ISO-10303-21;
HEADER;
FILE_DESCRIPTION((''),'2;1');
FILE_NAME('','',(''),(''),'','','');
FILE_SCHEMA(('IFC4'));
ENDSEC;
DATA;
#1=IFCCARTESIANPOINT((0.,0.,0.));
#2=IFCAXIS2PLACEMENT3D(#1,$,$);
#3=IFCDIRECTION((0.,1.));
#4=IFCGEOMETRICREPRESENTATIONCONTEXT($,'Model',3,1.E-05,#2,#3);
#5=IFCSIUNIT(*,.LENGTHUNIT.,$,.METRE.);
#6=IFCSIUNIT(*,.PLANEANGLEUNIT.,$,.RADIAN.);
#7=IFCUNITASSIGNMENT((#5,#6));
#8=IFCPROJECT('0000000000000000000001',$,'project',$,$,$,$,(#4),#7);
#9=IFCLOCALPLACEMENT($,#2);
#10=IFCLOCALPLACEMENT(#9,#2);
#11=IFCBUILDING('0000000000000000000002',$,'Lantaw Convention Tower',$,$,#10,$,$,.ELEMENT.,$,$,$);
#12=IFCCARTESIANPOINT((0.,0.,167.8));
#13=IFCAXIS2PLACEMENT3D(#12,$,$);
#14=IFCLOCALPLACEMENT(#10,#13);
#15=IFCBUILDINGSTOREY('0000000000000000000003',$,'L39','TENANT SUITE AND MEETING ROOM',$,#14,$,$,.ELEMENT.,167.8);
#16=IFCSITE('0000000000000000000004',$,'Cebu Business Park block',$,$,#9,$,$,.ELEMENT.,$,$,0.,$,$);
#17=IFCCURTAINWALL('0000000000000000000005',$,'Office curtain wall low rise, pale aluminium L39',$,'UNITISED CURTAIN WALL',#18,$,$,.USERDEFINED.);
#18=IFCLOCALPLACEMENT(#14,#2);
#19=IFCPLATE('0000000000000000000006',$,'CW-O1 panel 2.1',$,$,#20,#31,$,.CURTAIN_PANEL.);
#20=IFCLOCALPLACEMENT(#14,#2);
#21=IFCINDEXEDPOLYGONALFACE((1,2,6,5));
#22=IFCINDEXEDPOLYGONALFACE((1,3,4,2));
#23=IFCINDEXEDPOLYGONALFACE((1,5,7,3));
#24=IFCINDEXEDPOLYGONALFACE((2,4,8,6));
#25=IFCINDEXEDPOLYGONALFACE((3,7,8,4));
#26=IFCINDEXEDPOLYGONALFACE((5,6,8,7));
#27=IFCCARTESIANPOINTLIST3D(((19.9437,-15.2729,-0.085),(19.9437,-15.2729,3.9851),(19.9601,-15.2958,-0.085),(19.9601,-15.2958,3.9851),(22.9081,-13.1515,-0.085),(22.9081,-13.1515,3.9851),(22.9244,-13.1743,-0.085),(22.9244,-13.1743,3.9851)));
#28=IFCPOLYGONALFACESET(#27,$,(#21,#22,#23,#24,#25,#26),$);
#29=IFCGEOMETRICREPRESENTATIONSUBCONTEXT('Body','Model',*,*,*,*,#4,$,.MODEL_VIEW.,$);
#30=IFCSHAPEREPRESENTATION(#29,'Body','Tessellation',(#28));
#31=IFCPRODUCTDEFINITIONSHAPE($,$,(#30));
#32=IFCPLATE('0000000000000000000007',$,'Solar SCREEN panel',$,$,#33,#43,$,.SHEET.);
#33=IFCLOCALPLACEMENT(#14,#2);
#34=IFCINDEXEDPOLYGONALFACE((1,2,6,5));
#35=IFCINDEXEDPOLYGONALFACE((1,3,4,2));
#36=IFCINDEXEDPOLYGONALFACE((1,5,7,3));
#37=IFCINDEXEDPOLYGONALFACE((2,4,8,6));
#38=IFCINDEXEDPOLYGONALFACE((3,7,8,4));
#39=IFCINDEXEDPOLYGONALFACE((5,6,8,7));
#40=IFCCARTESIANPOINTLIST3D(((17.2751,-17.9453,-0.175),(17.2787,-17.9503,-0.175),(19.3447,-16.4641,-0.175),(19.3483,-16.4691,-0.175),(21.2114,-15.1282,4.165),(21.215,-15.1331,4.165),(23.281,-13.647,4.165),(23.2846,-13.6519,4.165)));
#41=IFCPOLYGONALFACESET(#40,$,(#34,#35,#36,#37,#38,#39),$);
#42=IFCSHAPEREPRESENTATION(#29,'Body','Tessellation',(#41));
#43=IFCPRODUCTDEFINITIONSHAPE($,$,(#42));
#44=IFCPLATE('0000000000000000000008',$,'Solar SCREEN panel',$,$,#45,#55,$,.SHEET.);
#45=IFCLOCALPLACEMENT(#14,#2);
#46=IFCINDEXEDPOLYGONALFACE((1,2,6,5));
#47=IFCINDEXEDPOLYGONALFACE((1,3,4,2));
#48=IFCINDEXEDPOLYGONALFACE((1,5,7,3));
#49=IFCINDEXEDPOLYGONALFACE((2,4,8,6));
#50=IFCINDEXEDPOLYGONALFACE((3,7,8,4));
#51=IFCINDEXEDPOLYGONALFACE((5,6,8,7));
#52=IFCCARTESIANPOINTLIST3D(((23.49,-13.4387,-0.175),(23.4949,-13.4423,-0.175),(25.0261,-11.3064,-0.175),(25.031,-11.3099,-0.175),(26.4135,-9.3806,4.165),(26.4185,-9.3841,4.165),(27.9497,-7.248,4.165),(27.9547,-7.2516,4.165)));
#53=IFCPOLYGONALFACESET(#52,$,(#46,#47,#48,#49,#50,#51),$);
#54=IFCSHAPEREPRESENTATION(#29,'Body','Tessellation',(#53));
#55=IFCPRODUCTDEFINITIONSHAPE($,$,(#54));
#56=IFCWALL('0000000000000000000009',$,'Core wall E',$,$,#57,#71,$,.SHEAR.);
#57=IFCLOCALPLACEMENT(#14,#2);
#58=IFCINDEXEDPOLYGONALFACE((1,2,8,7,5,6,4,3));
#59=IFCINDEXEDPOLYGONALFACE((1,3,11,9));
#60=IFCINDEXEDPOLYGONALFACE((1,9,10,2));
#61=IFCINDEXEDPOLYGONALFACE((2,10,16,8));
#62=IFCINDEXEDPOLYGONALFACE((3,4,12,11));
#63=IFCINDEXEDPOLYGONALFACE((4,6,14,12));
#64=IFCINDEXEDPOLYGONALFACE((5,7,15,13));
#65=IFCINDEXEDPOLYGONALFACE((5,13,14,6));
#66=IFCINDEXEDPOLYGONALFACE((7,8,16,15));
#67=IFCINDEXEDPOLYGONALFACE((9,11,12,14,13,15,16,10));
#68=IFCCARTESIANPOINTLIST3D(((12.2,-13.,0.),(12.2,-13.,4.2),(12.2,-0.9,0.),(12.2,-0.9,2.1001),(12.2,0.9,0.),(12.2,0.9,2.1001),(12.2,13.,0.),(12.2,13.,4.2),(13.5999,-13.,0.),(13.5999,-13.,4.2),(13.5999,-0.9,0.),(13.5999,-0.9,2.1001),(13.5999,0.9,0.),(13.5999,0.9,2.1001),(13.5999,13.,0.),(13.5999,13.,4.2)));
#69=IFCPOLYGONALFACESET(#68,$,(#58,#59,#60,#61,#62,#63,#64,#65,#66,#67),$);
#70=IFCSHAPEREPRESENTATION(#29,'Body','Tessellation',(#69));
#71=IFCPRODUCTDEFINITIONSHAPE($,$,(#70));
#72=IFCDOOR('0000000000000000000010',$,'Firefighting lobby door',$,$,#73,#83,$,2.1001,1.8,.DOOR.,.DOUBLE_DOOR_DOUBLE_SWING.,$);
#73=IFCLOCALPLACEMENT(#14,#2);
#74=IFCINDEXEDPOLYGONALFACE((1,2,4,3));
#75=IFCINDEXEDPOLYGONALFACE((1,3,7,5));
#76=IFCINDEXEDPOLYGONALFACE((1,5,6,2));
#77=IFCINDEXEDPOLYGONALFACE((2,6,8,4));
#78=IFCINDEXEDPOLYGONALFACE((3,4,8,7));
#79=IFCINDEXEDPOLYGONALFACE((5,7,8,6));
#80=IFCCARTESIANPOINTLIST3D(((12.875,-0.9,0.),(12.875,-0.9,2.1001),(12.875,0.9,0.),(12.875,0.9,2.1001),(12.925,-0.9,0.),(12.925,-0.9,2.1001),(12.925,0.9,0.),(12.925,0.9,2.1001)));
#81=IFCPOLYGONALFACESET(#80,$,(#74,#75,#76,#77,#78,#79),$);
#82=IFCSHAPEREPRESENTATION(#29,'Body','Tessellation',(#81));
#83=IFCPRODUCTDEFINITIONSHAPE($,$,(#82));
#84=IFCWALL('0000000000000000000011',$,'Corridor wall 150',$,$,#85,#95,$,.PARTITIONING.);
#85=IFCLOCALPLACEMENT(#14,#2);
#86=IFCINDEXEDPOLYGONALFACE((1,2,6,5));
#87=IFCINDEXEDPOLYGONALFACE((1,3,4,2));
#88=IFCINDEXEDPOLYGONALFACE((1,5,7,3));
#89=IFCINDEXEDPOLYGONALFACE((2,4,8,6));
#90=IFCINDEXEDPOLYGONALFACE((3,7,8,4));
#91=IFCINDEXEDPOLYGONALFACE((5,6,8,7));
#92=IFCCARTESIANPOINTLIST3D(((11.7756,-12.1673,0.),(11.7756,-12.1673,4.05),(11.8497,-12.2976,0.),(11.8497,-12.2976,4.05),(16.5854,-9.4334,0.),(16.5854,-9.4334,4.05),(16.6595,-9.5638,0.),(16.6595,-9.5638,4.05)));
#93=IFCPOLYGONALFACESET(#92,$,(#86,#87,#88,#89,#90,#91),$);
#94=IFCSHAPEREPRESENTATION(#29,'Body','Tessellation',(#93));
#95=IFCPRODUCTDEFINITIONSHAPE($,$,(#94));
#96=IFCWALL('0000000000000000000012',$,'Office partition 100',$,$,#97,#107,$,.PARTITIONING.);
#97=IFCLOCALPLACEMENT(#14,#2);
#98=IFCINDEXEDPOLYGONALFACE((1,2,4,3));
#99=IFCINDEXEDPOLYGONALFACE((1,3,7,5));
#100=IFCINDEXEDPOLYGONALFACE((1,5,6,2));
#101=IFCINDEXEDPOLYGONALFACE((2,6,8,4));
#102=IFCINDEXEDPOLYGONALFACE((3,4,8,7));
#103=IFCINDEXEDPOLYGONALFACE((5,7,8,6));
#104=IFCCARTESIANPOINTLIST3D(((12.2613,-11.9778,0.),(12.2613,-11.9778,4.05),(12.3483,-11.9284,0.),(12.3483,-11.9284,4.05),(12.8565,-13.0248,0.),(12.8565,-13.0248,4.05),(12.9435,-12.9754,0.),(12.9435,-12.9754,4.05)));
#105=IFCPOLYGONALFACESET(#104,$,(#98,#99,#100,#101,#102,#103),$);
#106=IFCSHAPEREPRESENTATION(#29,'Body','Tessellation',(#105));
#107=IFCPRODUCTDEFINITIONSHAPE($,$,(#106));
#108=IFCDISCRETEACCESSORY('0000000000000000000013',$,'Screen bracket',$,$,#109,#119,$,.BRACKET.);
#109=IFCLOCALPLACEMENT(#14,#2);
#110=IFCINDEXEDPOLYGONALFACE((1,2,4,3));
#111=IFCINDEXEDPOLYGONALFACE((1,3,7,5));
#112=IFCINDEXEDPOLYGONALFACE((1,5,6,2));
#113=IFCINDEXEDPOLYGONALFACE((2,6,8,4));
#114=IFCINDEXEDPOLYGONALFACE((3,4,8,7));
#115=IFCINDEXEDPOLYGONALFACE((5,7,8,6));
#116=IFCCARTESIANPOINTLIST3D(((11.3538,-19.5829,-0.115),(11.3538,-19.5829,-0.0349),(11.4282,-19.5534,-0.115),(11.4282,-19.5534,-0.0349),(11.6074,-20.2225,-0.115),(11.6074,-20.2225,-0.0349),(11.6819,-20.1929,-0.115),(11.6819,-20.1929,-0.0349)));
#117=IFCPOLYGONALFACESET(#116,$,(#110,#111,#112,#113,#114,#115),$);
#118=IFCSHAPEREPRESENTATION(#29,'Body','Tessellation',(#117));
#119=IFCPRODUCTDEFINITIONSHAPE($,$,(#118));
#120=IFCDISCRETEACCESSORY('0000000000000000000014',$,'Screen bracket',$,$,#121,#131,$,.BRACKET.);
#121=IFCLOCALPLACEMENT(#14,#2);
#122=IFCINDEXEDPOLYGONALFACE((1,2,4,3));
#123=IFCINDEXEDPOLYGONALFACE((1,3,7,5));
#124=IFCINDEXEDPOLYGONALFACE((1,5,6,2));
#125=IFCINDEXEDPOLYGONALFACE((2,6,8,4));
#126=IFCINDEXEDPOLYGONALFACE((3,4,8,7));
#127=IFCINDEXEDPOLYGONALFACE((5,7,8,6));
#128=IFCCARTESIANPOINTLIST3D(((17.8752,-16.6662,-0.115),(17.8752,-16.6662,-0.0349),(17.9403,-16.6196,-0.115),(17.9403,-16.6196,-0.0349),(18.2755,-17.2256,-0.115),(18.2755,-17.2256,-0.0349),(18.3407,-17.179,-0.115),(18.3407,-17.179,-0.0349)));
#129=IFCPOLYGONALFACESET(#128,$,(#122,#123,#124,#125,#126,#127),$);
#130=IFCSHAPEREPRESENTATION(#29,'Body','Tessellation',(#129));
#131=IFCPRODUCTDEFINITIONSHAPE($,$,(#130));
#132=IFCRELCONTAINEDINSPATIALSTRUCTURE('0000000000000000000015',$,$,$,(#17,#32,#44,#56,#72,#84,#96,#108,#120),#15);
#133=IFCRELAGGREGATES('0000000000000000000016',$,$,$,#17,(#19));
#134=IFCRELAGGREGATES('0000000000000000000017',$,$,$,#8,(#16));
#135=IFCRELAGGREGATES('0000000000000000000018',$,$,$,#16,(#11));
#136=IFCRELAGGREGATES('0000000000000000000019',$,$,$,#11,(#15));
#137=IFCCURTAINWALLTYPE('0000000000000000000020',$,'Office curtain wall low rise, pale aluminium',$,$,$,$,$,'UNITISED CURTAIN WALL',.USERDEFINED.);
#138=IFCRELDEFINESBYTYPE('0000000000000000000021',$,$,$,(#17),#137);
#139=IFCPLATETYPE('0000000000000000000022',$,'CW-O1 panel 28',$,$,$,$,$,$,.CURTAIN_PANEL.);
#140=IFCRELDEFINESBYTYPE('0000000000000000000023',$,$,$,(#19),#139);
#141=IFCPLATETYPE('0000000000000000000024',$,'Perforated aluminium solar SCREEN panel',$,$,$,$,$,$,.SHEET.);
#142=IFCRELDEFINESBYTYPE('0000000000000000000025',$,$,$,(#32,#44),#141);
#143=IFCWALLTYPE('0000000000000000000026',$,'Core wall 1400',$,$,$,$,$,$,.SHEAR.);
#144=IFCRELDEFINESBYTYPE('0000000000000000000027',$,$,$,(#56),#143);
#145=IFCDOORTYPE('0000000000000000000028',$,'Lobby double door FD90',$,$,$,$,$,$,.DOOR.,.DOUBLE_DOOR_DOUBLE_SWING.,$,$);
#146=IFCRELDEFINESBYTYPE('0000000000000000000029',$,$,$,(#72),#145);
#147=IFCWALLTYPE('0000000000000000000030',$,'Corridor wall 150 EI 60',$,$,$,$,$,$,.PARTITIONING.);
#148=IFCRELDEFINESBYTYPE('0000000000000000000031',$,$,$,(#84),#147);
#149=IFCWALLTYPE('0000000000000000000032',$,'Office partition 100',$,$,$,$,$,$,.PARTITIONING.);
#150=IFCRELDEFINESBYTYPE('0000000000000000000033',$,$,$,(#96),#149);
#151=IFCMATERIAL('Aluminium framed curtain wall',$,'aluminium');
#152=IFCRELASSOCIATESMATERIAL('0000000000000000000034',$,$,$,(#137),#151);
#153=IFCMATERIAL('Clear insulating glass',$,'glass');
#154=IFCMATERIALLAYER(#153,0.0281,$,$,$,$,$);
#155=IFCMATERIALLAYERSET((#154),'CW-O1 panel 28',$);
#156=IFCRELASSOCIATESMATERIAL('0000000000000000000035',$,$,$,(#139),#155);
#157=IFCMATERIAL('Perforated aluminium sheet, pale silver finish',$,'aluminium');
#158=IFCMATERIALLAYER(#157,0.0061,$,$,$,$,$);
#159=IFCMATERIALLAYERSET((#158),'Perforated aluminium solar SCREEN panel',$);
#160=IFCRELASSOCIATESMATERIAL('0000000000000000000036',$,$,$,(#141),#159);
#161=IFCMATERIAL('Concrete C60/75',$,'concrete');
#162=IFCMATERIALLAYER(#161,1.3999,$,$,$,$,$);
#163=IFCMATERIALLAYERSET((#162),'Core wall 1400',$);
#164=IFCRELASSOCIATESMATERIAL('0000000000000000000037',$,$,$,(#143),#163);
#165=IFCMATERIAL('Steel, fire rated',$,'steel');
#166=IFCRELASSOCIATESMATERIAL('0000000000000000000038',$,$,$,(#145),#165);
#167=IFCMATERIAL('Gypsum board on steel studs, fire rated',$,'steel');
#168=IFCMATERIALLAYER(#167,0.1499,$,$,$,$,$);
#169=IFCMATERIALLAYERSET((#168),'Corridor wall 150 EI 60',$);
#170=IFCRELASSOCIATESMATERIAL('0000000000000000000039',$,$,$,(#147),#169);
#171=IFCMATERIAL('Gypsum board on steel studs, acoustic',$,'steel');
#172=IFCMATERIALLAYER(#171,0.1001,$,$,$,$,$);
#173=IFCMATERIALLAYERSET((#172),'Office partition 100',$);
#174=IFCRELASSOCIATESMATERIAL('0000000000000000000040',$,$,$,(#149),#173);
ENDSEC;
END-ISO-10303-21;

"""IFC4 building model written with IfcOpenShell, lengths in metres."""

from ifc_helpers import new_model, si_unit, direction, frame, frame_2d, origin, origin_2d, place, context, subcontext, project, spatial, polyline, rectangle, outline, extrude, material, layer, layer_set, type_object, element, fill, aggregate, save


model = new_model("IFC4")

# Units and contexts
model_context = context("Model", 3, precision=1e-05, world=origin(), true_north=direction((0.0, 1.0)))
body_context = subcontext(model_context, "Body", "Model", "MODEL_VIEW")
ifc_project = project(units=[si_unit("LENGTHUNIT", "METRE"), si_unit("PLANEANGLEUNIT", "RADIAN")], contexts=[model_context])

# Site, building, storey
site_placement = place(None, origin())
site = spatial("IfcSite", under=ifc_project, at=site_placement, Name="Cebu Business Park block", CompositionType="ELEMENT", RefElevation=0.0)
building_placement = place(site_placement, origin())
building = spatial("IfcBuilding", under=site, at=building_placement, Name="Lantaw Convention Tower", CompositionType="ELEMENT")
storey_placement = place(building_placement, frame((0.0, 0.0, 167.8)))
storey = spatial("IfcBuildingStorey", under=building, at=storey_placement, Name="L39", Description="TENANT SUITE AND MEETING ROOM", CompositionType="ELEMENT", Elevation=167.8)

# Shared definitions
ifc_material_1 = material(Name="Concrete C60/75", Category="concrete")

# Curtain wall
ifc_material_2 = material(Name="Aluminium framed curtain wall", Category="aluminium")
curtain_wall_type = type_object("IfcCurtainWallType", Name="Office curtain wall low rise, pale aluminium", ElementType="UNITISED CURTAIN WALL", PredefinedType="USERDEFINED", material=ifc_material_2)
curtain_wall_1_placement = place(storey_placement, origin())
curtain_wall_1 = element("IfcCurtainWall", 1, at=curtain_wall_1_placement, inside=storey, type_object=curtain_wall_type, Name="Office curtain wall low rise, pale aluminium L39", ObjectType="UNITISED CURTAIN WALL", PredefinedType="USERDEFINED")

# Plate
ifc_material_3 = material(Name="Clear insulating glass", Category="glass")
ifc_layer_1 = layer(ifc_material_3, 0.0281)
ifc_layer_set_1 = layer_set([ifc_layer_1], Name="CW-O1 panel 28")
plate_type_1 = type_object("IfcPlateType", Name="CW-O1 panel 28", PredefinedType="CURTAIN_PANEL", material=ifc_layer_set_1)
plate_1_placement = place(storey_placement, frame((21.4341, -14.2236, -0.085), z_axis=(0.0, 0.0, 1.0), x_axis=(0.813208, 0.581973, 0.0)))
plate_1 = element("IfcPlate", 2, at=plate_1_placement, type_object=plate_type_1, Name="CW-O1 panel 2.1", PredefinedType="CURTAIN_PANEL", context=body_context, shape_type="SweptSolid", body=[
    extrude(rectangle(XDim=3.6453, YDim=0.0281, at=origin_2d()), origin(), (0.0, 0.0, 1.0), 4.0701),
])
aggregate(curtain_wall_1, [plate_1])

# Plates
ifc_material_4 = material(Name="Perforated aluminium sheet, pale silver finish", Category="aluminium")
ifc_layer_2 = layer(ifc_material_4, 0.0061)
ifc_layer_set_2 = layer_set([ifc_layer_2], Name="Perforated aluminium solar SCREEN panel")
plate_type_2 = type_object("IfcPlateType", Name="Perforated aluminium solar SCREEN panel", PredefinedType="SHEET", material=ifc_layer_set_2)
plate_2_placement = place(storey_placement, frame((17.2751, -17.9453, -0.175), z_axis=(-0.582, 0.813189, 0.000012), x_axis=(0.813189, 0.582, 0.0)))
element("IfcPlate", 3, at=plate_2_placement, inside=storey, type_object=plate_type_2, Name="Solar SCREEN panel", PredefinedType="SHEET", context=body_context, shape_type="SweptSolid", body=[
    extrude(outline(polyline([(0.0, 0.0), (2.545, 0.0), (7.3855, -4.3401), (4.8405, -4.3401), (0.0, 0.0)])), origin(), (0.0, 0.0, -1.0), 0.0061),
])
plate_3_placement = place(storey_placement, frame((23.49, -13.4387, -0.175), z_axis=(-0.811395, 0.584498, 0.000036), x_axis=(0.584498, 0.811395, 0.0)))
element("IfcPlate", 4, at=plate_3_placement, inside=storey, type_object=plate_type_2, Name="Solar SCREEN panel", PredefinedType="SHEET", context=body_context, shape_type="SweptSolid", body=[
    extrude(outline(polyline([(0.0, 0.0), (2.628, 0.0), (7.6298, -4.3401), (5.0016, -4.3401), (0.0, 0.0)])), origin(), (0.0, 0.0, -1.0), 0.0061),
])

# Wall, opening, door
ifc_layer_3 = layer(ifc_material_1, 1.3999)
ifc_layer_set_3 = layer_set([ifc_layer_3], Name="Core wall 1400")
wall_type_1 = type_object("IfcWallType", Name="Core wall 1400", PredefinedType="SHEAR", material=ifc_layer_set_3)
wall_1_placement = place(storey_placement, frame((12.8999, -13.0, 0.0), z_axis=(0.0, 0.0, 1.0), x_axis=(0.0, 1.0, 0.0)))
wall_1 = element("IfcWall", 5, at=wall_1_placement, inside=storey, type_object=wall_type_1, Name="Core wall E", PredefinedType="SHEAR", context=body_context, shape_type="SweptSolid", body=[
    extrude(rectangle(XDim=26.0, YDim=1.3999, at=frame_2d((13.0, 0.0))), origin(), (0.0, 0.0, 1.0), 4.2),
])
opening_placement = place(wall_1_placement, frame((12.1001, 0.0, 0.0)))
opening = element("IfcOpeningElement", 6, at=opening_placement, cuts=wall_1, PredefinedType="OPENING", context=body_context, shape_type="SweptSolid", body=[
    extrude(rectangle(XDim=1.8, YDim=2.1001, at=frame_2d((0.8999, 1.05))), frame((0.0, 0.71, 0.0), z_axis=(0.0, -1.0, 0.0), x_axis=(1.0, 0.0, 0.0)), (0.0, 0.0, 1.0), 1.4199),
])
ifc_material_5 = material(Name="Steel, fire rated", Category="steel")
door_type = type_object("IfcDoorType", Name="Lobby double door FD90", OperationType="DOUBLE_DOOR_DOUBLE_SWING", PredefinedType="DOOR", material=ifc_material_5)
door_placement = place(opening_placement, origin())
door = element("IfcDoor", 7, at=door_placement, inside=storey, type_object=door_type, Name="Firefighting lobby door", OperationType="DOUBLE_DOOR_DOUBLE_SWING", OverallHeight=2.1001, OverallWidth=1.8, PredefinedType="DOOR", context=body_context, shape_type="SweptSolid", body=[
    extrude(rectangle(XDim=1.8, YDim=2.1001, at=frame_2d((0.8999, 1.05))), frame((0.0, 0.0249, 0.0), z_axis=(0.0, -1.0, 0.0), x_axis=(1.0, 0.0, 0.0)), (0.0, 0.0, 1.0), 0.05),
])
fill(opening, door)

# Walls
ifc_material_6 = material(Name="Gypsum board on steel studs, fire rated", Category="steel")
ifc_layer_4 = layer(ifc_material_6, 0.1499)
ifc_layer_set_4 = layer_set([ifc_layer_4], Name="Corridor wall 150 EI 60")
wall_type_2 = type_object("IfcWallType", Name="Corridor wall 150 EI 60", PredefinedType="PARTITIONING", material=ifc_layer_set_4)
wall_2_placement = place(storey_placement, frame((11.8127, -12.2324, 0.0), z_axis=(0.0, 0.0, 1.0), x_axis=(0.869376, 0.494151, 0.0)))
element("IfcWall", 8, at=wall_2_placement, inside=storey, type_object=wall_type_2, Name="Corridor wall 150", PredefinedType="PARTITIONING", context=body_context, shape_type="SweptSolid", body=[
    extrude(rectangle(XDim=5.5325, YDim=0.1499, at=frame_2d((2.7661, 0.0))), origin(), (0.0, 0.0, 1.0), 4.05),
])
ifc_material_7 = material(Name="Gypsum board on steel studs, acoustic", Category="steel")
ifc_layer_5 = layer(ifc_material_7, 0.1001)
ifc_layer_set_5 = layer_set([ifc_layer_5], Name="Office partition 100")
wall_type_3 = type_object("IfcWallType", Name="Office partition 100", PredefinedType="PARTITIONING", material=ifc_layer_set_5)
wall_3_placement = place(storey_placement, frame((12.8999, -13.0, 0.0), z_axis=(0.0, 0.0, 1.0), x_axis=(-0.494173, 0.869364, 0.0)))
element("IfcWall", 9, at=wall_3_placement, inside=storey, type_object=wall_type_3, Name="Office partition 100", PredefinedType="PARTITIONING", context=body_context, shape_type="SweptSolid", body=[
    extrude(rectangle(XDim=1.2043, YDim=0.1001, at=frame_2d((0.6021, 0.0))), origin(), (0.0, 0.0, 1.0), 4.05),
])

# Discrete accessories
for number, where, z_axis, x_axis, name in (
    (10, (11.5178, -19.8879, -0.115), (0.0, 0.0, 1.0), (0.929548, 0.368702, 0.0), "Screen bracket"),
    (11, (18.1079, -16.9226, -0.115), (0.0, 0.0, 1.0), (0.813208, 0.581973, 0.0), "Screen bracket"),
):
    element("IfcDiscreteAccessory", number, at=place(storey_placement, frame(where, z_axis=z_axis, x_axis=x_axis)), inside=storey, Name=name, PredefinedType="BRACKET", context=body_context, shape_type="SweptSolid", body=[
        extrude(rectangle(XDim=0.0801, YDim=0.688, at=origin_2d()), origin(), (0.0, 0.0, 1.0), 0.0801),
    ])

save(model, "model.ifc")
